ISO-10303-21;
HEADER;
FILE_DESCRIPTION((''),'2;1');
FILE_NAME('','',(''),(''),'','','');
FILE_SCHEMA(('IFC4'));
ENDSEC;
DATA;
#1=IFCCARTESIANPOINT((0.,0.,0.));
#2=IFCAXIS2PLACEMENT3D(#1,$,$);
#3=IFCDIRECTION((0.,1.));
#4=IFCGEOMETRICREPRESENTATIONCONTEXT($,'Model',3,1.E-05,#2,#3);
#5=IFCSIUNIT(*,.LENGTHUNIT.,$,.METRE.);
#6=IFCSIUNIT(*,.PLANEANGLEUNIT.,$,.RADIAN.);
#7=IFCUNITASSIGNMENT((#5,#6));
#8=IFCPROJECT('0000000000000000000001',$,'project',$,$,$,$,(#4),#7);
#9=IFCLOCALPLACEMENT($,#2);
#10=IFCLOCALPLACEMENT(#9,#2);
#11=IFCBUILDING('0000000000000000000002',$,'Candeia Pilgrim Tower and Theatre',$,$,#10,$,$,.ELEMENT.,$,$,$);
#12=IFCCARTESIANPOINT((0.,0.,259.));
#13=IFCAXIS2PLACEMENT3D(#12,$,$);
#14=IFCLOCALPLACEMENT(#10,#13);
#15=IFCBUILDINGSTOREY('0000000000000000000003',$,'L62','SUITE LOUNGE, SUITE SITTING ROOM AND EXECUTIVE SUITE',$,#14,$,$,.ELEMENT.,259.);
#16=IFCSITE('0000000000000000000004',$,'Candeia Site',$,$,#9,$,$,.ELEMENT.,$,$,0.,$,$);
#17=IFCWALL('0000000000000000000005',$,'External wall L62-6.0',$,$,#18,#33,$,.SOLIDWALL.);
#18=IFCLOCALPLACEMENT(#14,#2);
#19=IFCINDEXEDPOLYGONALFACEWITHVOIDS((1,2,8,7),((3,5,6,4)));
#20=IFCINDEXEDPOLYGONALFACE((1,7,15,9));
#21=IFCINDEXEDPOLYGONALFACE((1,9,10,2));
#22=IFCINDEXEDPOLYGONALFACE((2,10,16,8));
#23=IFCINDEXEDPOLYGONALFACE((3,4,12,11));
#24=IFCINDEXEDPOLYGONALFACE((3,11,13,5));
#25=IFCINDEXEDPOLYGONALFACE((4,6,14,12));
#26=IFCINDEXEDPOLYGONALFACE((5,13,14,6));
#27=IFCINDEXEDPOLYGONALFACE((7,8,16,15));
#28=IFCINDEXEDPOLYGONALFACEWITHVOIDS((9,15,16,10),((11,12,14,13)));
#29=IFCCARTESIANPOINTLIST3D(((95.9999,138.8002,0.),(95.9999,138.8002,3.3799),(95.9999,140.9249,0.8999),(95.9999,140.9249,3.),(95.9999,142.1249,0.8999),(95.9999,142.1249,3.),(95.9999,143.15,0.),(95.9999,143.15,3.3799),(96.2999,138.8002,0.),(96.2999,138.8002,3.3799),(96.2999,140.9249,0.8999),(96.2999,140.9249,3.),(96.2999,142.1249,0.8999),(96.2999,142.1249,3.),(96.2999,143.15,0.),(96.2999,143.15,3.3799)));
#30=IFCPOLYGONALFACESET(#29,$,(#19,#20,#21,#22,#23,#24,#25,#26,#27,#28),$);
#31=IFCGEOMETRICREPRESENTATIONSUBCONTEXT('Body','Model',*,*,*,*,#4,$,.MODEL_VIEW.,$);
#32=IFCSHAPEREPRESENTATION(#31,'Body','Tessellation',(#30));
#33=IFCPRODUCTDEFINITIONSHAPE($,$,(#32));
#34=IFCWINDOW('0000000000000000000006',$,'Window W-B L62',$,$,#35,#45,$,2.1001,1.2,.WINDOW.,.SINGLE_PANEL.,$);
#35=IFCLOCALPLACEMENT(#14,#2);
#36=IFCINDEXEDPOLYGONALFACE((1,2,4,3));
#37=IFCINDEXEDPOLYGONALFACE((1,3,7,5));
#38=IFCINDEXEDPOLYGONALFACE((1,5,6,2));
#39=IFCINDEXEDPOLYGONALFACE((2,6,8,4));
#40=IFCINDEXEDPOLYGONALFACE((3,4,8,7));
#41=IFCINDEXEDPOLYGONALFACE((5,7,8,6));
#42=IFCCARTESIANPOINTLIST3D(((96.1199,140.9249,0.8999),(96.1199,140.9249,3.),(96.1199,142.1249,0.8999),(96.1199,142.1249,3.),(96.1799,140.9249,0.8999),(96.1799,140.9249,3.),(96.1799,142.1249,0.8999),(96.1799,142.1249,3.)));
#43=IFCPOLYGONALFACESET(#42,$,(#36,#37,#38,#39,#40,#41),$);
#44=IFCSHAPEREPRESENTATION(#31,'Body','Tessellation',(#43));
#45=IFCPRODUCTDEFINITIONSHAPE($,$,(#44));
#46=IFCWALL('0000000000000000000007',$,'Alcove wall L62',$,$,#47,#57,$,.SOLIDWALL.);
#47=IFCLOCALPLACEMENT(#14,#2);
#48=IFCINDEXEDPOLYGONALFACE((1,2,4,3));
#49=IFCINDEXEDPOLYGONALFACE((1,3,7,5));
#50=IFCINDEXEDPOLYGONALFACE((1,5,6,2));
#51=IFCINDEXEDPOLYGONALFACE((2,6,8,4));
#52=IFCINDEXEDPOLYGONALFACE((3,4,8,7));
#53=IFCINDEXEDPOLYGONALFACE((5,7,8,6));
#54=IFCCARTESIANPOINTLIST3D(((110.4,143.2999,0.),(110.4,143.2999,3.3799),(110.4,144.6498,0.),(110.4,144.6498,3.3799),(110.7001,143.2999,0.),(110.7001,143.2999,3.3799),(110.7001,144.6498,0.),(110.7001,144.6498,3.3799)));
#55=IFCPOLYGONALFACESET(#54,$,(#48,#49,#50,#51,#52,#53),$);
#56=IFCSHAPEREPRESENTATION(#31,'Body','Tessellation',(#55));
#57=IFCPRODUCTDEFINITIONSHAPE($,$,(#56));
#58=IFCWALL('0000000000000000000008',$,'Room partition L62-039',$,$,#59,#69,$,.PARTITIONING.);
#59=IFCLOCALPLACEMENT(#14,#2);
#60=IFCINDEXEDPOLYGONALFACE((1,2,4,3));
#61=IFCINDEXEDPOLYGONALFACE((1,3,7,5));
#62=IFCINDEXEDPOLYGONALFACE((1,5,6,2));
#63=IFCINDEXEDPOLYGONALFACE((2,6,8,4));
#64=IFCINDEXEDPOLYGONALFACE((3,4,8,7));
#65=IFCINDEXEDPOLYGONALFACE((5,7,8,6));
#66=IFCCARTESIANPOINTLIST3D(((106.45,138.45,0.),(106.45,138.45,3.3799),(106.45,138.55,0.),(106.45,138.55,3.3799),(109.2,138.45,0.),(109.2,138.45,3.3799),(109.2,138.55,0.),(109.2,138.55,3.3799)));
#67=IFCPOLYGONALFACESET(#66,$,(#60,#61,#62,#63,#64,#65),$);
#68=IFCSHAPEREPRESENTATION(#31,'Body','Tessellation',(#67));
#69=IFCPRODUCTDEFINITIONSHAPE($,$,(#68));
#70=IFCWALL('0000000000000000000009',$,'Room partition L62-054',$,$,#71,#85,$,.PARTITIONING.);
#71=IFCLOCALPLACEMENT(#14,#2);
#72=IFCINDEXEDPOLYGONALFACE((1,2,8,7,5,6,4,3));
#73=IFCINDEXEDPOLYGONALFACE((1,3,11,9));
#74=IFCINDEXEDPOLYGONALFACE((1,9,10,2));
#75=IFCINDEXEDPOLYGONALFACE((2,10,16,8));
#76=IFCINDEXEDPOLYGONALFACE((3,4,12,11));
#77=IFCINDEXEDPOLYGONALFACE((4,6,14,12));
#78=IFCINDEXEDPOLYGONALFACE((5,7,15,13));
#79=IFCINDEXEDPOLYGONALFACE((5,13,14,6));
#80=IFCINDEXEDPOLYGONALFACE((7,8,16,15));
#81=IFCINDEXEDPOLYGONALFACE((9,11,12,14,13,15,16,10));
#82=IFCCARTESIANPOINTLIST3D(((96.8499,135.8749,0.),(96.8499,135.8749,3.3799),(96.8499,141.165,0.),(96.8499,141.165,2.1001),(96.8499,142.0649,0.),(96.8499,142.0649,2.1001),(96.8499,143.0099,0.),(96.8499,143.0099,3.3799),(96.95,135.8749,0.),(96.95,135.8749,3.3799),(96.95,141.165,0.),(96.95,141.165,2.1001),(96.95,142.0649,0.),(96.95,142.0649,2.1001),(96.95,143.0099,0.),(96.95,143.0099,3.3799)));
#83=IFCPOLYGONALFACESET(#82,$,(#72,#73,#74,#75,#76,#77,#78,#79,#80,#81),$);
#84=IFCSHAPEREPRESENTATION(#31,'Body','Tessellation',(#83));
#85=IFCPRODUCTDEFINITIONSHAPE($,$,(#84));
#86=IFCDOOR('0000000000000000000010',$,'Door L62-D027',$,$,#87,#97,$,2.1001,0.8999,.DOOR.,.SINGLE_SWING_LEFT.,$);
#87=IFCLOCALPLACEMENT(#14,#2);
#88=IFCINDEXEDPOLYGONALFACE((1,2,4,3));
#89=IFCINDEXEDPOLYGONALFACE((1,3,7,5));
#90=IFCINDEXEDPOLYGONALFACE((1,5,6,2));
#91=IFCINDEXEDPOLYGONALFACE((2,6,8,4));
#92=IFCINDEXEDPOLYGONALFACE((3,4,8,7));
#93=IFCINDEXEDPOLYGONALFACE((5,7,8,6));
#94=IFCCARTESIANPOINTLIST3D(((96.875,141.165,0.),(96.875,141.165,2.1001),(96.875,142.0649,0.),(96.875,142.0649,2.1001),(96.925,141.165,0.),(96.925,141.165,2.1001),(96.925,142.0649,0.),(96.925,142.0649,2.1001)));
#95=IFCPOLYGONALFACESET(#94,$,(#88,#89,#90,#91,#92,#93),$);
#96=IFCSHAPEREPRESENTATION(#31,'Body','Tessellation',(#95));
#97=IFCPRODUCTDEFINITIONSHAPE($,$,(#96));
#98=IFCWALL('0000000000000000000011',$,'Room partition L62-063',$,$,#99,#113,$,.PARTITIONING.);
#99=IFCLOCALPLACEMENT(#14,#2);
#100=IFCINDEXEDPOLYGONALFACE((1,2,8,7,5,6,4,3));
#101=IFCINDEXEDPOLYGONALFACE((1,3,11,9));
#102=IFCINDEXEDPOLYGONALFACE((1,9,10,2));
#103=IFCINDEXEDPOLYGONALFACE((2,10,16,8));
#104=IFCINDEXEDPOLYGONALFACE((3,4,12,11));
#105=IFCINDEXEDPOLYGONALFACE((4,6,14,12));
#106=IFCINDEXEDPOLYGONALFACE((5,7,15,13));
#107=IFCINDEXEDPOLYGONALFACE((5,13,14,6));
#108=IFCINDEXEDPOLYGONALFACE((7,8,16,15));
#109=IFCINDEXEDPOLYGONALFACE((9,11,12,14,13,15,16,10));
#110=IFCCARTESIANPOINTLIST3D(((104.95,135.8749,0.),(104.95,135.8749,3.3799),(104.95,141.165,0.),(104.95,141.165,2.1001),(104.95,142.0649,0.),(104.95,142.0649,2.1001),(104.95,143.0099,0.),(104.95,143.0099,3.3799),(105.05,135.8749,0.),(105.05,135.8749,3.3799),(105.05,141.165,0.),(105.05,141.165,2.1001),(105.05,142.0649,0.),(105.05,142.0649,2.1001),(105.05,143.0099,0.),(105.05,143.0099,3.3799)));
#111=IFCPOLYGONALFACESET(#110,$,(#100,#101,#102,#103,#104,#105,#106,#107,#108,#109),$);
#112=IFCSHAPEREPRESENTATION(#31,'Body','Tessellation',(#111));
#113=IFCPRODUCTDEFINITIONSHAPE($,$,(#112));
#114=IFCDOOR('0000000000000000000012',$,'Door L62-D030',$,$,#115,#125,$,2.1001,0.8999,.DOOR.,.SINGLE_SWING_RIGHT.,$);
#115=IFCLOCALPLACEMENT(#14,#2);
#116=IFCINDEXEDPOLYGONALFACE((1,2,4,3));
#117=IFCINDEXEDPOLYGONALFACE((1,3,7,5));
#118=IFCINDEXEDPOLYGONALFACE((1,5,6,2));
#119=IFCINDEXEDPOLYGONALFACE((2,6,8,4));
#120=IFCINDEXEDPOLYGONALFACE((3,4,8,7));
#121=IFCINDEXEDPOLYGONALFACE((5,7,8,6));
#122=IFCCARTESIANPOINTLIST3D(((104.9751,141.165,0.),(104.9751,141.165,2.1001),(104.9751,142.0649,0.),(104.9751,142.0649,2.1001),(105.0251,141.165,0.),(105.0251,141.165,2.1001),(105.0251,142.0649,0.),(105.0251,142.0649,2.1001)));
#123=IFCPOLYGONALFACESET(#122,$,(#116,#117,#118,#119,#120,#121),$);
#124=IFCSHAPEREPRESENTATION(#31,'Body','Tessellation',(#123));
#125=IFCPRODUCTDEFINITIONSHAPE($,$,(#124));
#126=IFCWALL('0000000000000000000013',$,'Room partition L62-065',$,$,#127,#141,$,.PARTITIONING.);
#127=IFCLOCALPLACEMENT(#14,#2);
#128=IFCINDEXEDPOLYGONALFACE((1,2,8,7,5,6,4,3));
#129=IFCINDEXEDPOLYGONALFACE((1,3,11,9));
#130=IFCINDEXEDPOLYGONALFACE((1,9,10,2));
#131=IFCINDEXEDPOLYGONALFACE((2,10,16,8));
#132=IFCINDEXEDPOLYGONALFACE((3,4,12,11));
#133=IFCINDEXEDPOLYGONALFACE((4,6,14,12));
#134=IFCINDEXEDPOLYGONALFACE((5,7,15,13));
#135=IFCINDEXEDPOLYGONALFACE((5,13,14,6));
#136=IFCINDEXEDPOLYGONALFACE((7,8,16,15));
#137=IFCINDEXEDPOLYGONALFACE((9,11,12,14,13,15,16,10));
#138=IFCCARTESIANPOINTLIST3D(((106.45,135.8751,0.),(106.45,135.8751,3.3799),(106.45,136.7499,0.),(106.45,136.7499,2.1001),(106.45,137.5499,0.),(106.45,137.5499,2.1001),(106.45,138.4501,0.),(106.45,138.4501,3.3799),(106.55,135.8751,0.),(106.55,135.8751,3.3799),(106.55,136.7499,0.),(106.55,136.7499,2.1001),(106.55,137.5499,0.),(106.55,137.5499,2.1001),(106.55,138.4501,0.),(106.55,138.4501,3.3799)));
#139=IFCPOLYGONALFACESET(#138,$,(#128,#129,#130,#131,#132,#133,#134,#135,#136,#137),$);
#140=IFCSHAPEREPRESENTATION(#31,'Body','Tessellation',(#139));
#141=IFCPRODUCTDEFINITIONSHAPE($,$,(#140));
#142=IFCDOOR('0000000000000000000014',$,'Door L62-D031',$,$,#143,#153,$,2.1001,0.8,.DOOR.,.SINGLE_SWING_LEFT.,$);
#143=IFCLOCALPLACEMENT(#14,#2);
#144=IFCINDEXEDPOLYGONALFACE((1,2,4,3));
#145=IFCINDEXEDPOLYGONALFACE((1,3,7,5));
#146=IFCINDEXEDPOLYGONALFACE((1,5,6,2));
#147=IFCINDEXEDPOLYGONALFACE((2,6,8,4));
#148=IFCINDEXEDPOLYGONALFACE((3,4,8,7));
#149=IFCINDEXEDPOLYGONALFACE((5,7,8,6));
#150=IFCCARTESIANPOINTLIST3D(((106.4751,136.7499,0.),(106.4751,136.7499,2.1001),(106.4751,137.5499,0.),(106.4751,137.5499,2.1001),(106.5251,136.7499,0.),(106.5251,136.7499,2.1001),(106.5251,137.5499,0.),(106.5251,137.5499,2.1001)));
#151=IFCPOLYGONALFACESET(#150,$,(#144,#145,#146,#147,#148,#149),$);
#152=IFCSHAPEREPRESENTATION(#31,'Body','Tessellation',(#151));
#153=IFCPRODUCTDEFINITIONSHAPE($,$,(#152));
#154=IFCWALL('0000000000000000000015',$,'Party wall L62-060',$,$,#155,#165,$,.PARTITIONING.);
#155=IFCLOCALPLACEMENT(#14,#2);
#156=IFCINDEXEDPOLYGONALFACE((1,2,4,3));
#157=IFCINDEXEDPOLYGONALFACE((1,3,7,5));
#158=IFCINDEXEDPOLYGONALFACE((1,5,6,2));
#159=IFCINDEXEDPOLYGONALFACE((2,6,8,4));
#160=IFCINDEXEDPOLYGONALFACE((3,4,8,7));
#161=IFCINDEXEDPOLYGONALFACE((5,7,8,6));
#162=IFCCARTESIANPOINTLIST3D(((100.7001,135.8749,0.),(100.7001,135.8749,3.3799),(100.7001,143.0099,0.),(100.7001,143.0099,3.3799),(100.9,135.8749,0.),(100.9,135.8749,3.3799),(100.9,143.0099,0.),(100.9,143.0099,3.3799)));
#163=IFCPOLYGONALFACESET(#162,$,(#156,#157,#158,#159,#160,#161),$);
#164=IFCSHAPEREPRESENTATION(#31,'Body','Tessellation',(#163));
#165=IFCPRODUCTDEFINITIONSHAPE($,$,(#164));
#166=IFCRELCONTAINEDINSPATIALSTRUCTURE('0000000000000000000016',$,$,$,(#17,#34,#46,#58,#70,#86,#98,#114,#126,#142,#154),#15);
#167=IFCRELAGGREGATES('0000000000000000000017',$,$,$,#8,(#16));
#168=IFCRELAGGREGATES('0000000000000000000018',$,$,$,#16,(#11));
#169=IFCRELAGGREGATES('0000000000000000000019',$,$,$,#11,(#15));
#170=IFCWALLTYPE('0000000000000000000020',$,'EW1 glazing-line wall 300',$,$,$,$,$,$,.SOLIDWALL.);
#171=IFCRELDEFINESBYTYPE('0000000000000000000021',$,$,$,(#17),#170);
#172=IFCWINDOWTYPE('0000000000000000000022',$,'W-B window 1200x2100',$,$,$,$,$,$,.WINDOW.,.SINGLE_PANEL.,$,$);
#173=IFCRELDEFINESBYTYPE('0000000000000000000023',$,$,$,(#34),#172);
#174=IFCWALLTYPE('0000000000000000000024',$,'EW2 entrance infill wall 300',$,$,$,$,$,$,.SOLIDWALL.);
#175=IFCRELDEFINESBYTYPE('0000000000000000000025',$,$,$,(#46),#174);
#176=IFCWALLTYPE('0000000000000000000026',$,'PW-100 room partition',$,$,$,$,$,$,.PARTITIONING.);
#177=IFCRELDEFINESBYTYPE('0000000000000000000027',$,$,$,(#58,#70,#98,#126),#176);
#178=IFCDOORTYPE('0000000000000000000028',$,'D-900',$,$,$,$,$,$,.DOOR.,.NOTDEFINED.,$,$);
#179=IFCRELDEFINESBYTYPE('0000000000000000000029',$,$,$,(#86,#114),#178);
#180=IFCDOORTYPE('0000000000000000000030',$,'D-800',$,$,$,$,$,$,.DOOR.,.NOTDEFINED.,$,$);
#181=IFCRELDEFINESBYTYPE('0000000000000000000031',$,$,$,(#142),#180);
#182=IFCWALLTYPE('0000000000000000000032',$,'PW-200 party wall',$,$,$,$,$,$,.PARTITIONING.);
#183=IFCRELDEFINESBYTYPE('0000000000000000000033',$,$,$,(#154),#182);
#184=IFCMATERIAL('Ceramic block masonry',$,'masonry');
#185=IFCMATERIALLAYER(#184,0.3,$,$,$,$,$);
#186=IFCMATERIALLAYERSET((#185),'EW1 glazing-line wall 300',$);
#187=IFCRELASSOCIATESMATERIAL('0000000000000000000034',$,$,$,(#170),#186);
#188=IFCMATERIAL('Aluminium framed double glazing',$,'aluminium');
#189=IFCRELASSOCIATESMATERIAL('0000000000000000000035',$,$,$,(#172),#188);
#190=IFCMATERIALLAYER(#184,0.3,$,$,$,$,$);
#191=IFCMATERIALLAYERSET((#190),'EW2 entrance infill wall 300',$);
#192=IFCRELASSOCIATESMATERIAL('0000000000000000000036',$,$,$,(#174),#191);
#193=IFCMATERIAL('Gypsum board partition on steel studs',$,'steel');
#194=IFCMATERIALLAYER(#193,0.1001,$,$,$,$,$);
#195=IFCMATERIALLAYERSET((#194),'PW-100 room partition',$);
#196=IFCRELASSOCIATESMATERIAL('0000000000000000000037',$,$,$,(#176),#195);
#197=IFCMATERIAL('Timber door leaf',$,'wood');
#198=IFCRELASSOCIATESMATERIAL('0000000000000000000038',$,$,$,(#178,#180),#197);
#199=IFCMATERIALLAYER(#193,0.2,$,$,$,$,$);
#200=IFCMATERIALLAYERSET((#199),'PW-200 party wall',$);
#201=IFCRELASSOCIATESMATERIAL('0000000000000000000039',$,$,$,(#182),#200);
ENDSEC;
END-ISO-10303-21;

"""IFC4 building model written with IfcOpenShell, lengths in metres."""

from ifc_helpers import new_model, si_unit, direction, frame, frame_2d, origin, place, context, subcontext, project, spatial, rectangle, extrude, material, layer, layer_set, type_object, element, fill, save


model = new_model("IFC4")

# Units and contexts
model_context = context("Model", 3, precision=1e-05, world=origin(), true_north=direction((0.0, 1.0)))
body_context = subcontext(model_context, "Body", "Model", "MODEL_VIEW")
ifc_project = project(units=[si_unit("LENGTHUNIT", "METRE"), si_unit("PLANEANGLEUNIT", "RADIAN")], contexts=[model_context])

# Site, building, storey
site_placement = place(None, origin())
site = spatial("IfcSite", under=ifc_project, at=site_placement, Name="Candeia Site", CompositionType="ELEMENT", RefElevation=0.0)
building_placement = place(site_placement, origin())
building = spatial("IfcBuilding", under=site, at=building_placement, Name="Candeia Pilgrim Tower and Theatre", CompositionType="ELEMENT")
storey_placement = place(building_placement, frame((0.0, 0.0, 259.0)))
storey = spatial("IfcBuildingStorey", under=building, at=storey_placement, Name="L62", Description="SUITE LOUNGE, SUITE SITTING ROOM AND EXECUTIVE SUITE", CompositionType="ELEMENT", Elevation=259.0)

# Shared definitions
ifc_material_1 = material(Name="Ceramic block masonry", Category="masonry")
ifc_layer_1 = layer(ifc_material_1, 0.3)
ifc_layer_set_1 = layer_set([ifc_layer_1], Name="EW1 glazing-line wall 300")
wall_type_1 = type_object("IfcWallType", Name="EW1 glazing-line wall 300", PredefinedType="SOLIDWALL", material=ifc_layer_set_1)
ifc_material_2 = material(Name="Aluminium framed double glazing", Category="aluminium")
window_type_1 = type_object("IfcWindowType", Name="W-B window 1200x2100", PartitioningType="SINGLE_PANEL", PredefinedType="WINDOW", material=ifc_material_2)

# Wall, opening, window
wall_1_placement = place(storey_placement, frame((96.1499, 143.1499, 0.0), z_axis=(0.0, 0.0, 1.0), x_axis=(0.0, -1.0, 0.0)))
wall_1 = element("IfcWall", 1, at=wall_1_placement, inside=storey, type_object=wall_type_1, Name="External wall L62-6.0", PredefinedType="SOLIDWALL", context=body_context, shape_type="SweptSolid", body=[
    extrude(rectangle(XDim=4.3499, YDim=0.3, at=frame_2d((2.1748, 0.0))), origin(), (0.0, 0.0, 1.0), 3.3799),
])
opening_1_placement = place(wall_1_placement, frame((1.0249, 0.0, 0.8999)))
opening_1 = element("IfcOpeningElement", 2, at=opening_1_placement, cuts=wall_1, PredefinedType="OPENING", context=body_context, shape_type="SweptSolid", body=[
    extrude(rectangle(XDim=1.2, YDim=2.1001, at=frame_2d((0.6001, 1.05))), frame((0.0, 0.1602, 0.0), z_axis=(0.0, -1.0, 0.0), x_axis=(1.0, 0.0, 0.0)), (0.0, 0.0, 1.0), 0.3201),
])
window_1_placement = place(opening_1_placement, origin())
window_1 = element("IfcWindow", 3, at=window_1_placement, inside=storey, type_object=window_type_1, Name="Window W-B L62", OverallHeight=2.1001, OverallWidth=1.2, PartitioningType="SINGLE_PANEL", PredefinedType="WINDOW", context=body_context, shape_type="SweptSolid", body=[
    extrude(rectangle(XDim=1.2, YDim=2.1001, at=frame_2d((0.6001, 1.05))), frame((0.0, 0.03, 0.0), z_axis=(0.0, -1.0, 0.0), x_axis=(1.0, 0.0, 0.0)), (0.0, 0.0, 1.0), 0.0601),
])
fill(opening_1, window_1)

# Walls
ifc_layer_2 = layer(ifc_material_1, 0.3)
ifc_layer_set_2 = layer_set([ifc_layer_2], Name="EW2 entrance infill wall 300")
wall_type_2 = type_object("IfcWallType", Name="EW2 entrance infill wall 300", PredefinedType="SOLIDWALL", material=ifc_layer_set_2)
wall_2_placement = place(storey_placement, frame((110.55, 143.3, 0.0), z_axis=(0.0, 0.0, 1.0), x_axis=(0.0, 1.0, 0.0)))
element("IfcWall", 4, at=wall_2_placement, inside=storey, type_object=wall_type_2, Name="Alcove wall L62", PredefinedType="SOLIDWALL", context=body_context, shape_type="SweptSolid", body=[
    extrude(rectangle(XDim=1.3499, YDim=0.3, at=frame_2d((0.6748, 0.0))), origin(), (0.0, 0.0, 1.0), 3.3799),
])
ifc_material_3 = material(Name="Gypsum board partition on steel studs", Category="steel")
ifc_layer_3 = layer(ifc_material_3, 0.1001)
ifc_layer_set_3 = layer_set([ifc_layer_3], Name="PW-100 room partition")
wall_type_3 = type_object("IfcWallType", Name="PW-100 room partition", PredefinedType="PARTITIONING", material=ifc_layer_set_3)
wall_3_placement = place(storey_placement, frame((106.45, 138.5, 0.0), z_axis=(0.0, 0.0, 1.0), x_axis=(1.0, 0.0, 0.0)))
element("IfcWall", 5, at=wall_3_placement, inside=storey, type_object=wall_type_3, Name="Room partition L62-039", PredefinedType="PARTITIONING", context=body_context, shape_type="SweptSolid", body=[
    extrude(rectangle(XDim=2.75, YDim=0.1001, at=frame_2d((1.375, 0.0))), origin(), (0.0, 0.0, 1.0), 3.3799),
])

# Walls, openings, doors
wall_4_placement = place(storey_placement, frame((96.8999, 135.875, 0.0), z_axis=(0.0, 0.0, 1.0), x_axis=(0.0, 1.0, 0.0)))
wall_4 = element("IfcWall", 6, at=wall_4_placement, inside=storey, type_object=wall_type_3, Name="Room partition L62-054", PredefinedType="PARTITIONING", context=body_context, shape_type="SweptSolid", body=[
    extrude(rectangle(XDim=7.135, YDim=0.1001, at=frame_2d((3.5674, 0.0))), origin(), (0.0, 0.0, 1.0), 3.3799),
])
opening_2_placement = place(wall_4_placement, frame((5.29, 0.0, 0.0)))
opening_2 = element("IfcOpeningElement", 7, at=opening_2_placement, cuts=wall_4, PredefinedType="OPENING", context=body_context, shape_type="SweptSolid", body=[
    extrude(rectangle(XDim=0.8999, YDim=2.1001, at=frame_2d((0.45, 1.05))), frame((0.0, 0.0601, 0.0), z_axis=(0.0, -1.0, 0.0), x_axis=(1.0, 0.0, 0.0)), (0.0, 0.0, 1.0), 0.1201),
])
ifc_material_4 = material(Name="Timber door leaf", Category="wood")
door_type_1 = type_object("IfcDoorType", Name="D-900", OperationType="NOTDEFINED", PredefinedType="DOOR", material=ifc_material_4)
door_1_placement = place(opening_2_placement, origin())
door_1 = element("IfcDoor", 8, at=door_1_placement, inside=storey, type_object=door_type_1, Name="Door L62-D027", OperationType="SINGLE_SWING_LEFT", OverallHeight=2.1001, OverallWidth=0.8999, PredefinedType="DOOR", context=body_context, shape_type="SweptSolid", body=[
    extrude(rectangle(XDim=0.8999, YDim=2.1001, at=frame_2d((0.45, 1.05))), frame((0.0, 0.0249, 0.0), z_axis=(0.0, -1.0, 0.0), x_axis=(1.0, 0.0, 0.0)), (0.0, 0.0, 1.0), 0.05),
])
fill(opening_2, door_1)
wall_5_placement = place(storey_placement, frame((105.0, 135.875, 0.0), z_axis=(0.0, 0.0, 1.0), x_axis=(0.0, 1.0, 0.0)))
wall_5 = element("IfcWall", 9, at=wall_5_placement, inside=storey, type_object=wall_type_3, Name="Room partition L62-063", PredefinedType="PARTITIONING", context=body_context, shape_type="SweptSolid", body=[
    extrude(rectangle(XDim=7.135, YDim=0.1001, at=frame_2d((3.5674, 0.0))), origin(), (0.0, 0.0, 1.0), 3.3799),
])
opening_3_placement = place(wall_5_placement, frame((5.29, 0.0, 0.0)))
opening_3 = element("IfcOpeningElement", 10, at=opening_3_placement, cuts=wall_5, PredefinedType="OPENING", context=body_context, shape_type="SweptSolid", body=[
    extrude(rectangle(XDim=0.8999, YDim=2.1001, at=frame_2d((0.45, 1.05))), frame((0.0, 0.0601, 0.0), z_axis=(0.0, -1.0, 0.0), x_axis=(1.0, 0.0, 0.0)), (0.0, 0.0, 1.0), 0.1201),
])
door_2_placement = place(opening_3_placement, origin())
door_2 = element("IfcDoor", 11, at=door_2_placement, inside=storey, type_object=door_type_1, Name="Door L62-D030", OperationType="SINGLE_SWING_RIGHT", OverallHeight=2.1001, OverallWidth=0.8999, PredefinedType="DOOR", context=body_context, shape_type="SweptSolid", body=[
    extrude(rectangle(XDim=0.8999, YDim=2.1001, at=frame_2d((0.45, 1.05))), frame((0.0, 0.0249, 0.0), z_axis=(0.0, -1.0, 0.0), x_axis=(1.0, 0.0, 0.0)), (0.0, 0.0, 1.0), 0.05),
])
fill(opening_3, door_2)
wall_6_placement = place(storey_placement, frame((106.5, 135.875, 0.0), z_axis=(0.0, 0.0, 1.0), x_axis=(0.0, 1.0, 0.0)))
wall_6 = element("IfcWall", 12, at=wall_6_placement, inside=storey, type_object=wall_type_3, Name="Room partition L62-065", PredefinedType="PARTITIONING", context=body_context, shape_type="SweptSolid", body=[
    extrude(rectangle(XDim=2.575, YDim=0.1001, at=frame_2d((1.2876, 0.0))), origin(), (0.0, 0.0, 1.0), 3.3799),
])
opening_4_placement = place(wall_6_placement, frame((0.875, 0.0, 0.0)))
opening_4 = element("IfcOpeningElement", 13, at=opening_4_placement, cuts=wall_6, PredefinedType="OPENING", context=body_context, shape_type="SweptSolid", body=[
    extrude(rectangle(XDim=0.8, YDim=2.1001, at=frame_2d((0.3999, 1.05))), frame((0.0, 0.0601, 0.0), z_axis=(0.0, -1.0, 0.0), x_axis=(1.0, 0.0, 0.0)), (0.0, 0.0, 1.0), 0.1201),
])
door_type_2 = type_object("IfcDoorType", Name="D-800", OperationType="NOTDEFINED", PredefinedType="DOOR", material=ifc_material_4)
door_3_placement = place(opening_4_placement, origin())
door_3 = element("IfcDoor", 14, at=door_3_placement, inside=storey, type_object=door_type_2, Name="Door L62-D031", OperationType="SINGLE_SWING_LEFT", OverallHeight=2.1001, OverallWidth=0.8, PredefinedType="DOOR", context=body_context, shape_type="SweptSolid", body=[
    extrude(rectangle(XDim=0.8, YDim=2.1001, at=frame_2d((0.3999, 1.05))), frame((0.0, 0.0249, 0.0), z_axis=(0.0, -1.0, 0.0), x_axis=(1.0, 0.0, 0.0)), (0.0, 0.0, 1.0), 0.05),
])
fill(opening_4, door_3)

# Wall
ifc_layer_4 = layer(ifc_material_3, 0.2)
ifc_layer_set_4 = layer_set([ifc_layer_4], Name="PW-200 party wall")
wall_type_4 = type_object("IfcWallType", Name="PW-200 party wall", PredefinedType="PARTITIONING", material=ifc_layer_set_4)
for number, where, z_axis, x_axis, name in (
    (15, (100.8, 135.875, 0.0), (0.0, 0.0, 1.0), (0.0, 1.0, 0.0), "Party wall L62-060"),
):
    element("IfcWall", number, at=place(storey_placement, frame(where, z_axis=z_axis, x_axis=x_axis)), inside=storey, type_object=wall_type_4, Name=name, PredefinedType="PARTITIONING", context=body_context, shape_type="SweptSolid", body=[
        extrude(rectangle(XDim=7.135, YDim=0.2, at=frame_2d((3.5674, 0.0))), origin(), (0.0, 0.0, 1.0), 3.3799),
    ])

save(model, "model.ifc")
